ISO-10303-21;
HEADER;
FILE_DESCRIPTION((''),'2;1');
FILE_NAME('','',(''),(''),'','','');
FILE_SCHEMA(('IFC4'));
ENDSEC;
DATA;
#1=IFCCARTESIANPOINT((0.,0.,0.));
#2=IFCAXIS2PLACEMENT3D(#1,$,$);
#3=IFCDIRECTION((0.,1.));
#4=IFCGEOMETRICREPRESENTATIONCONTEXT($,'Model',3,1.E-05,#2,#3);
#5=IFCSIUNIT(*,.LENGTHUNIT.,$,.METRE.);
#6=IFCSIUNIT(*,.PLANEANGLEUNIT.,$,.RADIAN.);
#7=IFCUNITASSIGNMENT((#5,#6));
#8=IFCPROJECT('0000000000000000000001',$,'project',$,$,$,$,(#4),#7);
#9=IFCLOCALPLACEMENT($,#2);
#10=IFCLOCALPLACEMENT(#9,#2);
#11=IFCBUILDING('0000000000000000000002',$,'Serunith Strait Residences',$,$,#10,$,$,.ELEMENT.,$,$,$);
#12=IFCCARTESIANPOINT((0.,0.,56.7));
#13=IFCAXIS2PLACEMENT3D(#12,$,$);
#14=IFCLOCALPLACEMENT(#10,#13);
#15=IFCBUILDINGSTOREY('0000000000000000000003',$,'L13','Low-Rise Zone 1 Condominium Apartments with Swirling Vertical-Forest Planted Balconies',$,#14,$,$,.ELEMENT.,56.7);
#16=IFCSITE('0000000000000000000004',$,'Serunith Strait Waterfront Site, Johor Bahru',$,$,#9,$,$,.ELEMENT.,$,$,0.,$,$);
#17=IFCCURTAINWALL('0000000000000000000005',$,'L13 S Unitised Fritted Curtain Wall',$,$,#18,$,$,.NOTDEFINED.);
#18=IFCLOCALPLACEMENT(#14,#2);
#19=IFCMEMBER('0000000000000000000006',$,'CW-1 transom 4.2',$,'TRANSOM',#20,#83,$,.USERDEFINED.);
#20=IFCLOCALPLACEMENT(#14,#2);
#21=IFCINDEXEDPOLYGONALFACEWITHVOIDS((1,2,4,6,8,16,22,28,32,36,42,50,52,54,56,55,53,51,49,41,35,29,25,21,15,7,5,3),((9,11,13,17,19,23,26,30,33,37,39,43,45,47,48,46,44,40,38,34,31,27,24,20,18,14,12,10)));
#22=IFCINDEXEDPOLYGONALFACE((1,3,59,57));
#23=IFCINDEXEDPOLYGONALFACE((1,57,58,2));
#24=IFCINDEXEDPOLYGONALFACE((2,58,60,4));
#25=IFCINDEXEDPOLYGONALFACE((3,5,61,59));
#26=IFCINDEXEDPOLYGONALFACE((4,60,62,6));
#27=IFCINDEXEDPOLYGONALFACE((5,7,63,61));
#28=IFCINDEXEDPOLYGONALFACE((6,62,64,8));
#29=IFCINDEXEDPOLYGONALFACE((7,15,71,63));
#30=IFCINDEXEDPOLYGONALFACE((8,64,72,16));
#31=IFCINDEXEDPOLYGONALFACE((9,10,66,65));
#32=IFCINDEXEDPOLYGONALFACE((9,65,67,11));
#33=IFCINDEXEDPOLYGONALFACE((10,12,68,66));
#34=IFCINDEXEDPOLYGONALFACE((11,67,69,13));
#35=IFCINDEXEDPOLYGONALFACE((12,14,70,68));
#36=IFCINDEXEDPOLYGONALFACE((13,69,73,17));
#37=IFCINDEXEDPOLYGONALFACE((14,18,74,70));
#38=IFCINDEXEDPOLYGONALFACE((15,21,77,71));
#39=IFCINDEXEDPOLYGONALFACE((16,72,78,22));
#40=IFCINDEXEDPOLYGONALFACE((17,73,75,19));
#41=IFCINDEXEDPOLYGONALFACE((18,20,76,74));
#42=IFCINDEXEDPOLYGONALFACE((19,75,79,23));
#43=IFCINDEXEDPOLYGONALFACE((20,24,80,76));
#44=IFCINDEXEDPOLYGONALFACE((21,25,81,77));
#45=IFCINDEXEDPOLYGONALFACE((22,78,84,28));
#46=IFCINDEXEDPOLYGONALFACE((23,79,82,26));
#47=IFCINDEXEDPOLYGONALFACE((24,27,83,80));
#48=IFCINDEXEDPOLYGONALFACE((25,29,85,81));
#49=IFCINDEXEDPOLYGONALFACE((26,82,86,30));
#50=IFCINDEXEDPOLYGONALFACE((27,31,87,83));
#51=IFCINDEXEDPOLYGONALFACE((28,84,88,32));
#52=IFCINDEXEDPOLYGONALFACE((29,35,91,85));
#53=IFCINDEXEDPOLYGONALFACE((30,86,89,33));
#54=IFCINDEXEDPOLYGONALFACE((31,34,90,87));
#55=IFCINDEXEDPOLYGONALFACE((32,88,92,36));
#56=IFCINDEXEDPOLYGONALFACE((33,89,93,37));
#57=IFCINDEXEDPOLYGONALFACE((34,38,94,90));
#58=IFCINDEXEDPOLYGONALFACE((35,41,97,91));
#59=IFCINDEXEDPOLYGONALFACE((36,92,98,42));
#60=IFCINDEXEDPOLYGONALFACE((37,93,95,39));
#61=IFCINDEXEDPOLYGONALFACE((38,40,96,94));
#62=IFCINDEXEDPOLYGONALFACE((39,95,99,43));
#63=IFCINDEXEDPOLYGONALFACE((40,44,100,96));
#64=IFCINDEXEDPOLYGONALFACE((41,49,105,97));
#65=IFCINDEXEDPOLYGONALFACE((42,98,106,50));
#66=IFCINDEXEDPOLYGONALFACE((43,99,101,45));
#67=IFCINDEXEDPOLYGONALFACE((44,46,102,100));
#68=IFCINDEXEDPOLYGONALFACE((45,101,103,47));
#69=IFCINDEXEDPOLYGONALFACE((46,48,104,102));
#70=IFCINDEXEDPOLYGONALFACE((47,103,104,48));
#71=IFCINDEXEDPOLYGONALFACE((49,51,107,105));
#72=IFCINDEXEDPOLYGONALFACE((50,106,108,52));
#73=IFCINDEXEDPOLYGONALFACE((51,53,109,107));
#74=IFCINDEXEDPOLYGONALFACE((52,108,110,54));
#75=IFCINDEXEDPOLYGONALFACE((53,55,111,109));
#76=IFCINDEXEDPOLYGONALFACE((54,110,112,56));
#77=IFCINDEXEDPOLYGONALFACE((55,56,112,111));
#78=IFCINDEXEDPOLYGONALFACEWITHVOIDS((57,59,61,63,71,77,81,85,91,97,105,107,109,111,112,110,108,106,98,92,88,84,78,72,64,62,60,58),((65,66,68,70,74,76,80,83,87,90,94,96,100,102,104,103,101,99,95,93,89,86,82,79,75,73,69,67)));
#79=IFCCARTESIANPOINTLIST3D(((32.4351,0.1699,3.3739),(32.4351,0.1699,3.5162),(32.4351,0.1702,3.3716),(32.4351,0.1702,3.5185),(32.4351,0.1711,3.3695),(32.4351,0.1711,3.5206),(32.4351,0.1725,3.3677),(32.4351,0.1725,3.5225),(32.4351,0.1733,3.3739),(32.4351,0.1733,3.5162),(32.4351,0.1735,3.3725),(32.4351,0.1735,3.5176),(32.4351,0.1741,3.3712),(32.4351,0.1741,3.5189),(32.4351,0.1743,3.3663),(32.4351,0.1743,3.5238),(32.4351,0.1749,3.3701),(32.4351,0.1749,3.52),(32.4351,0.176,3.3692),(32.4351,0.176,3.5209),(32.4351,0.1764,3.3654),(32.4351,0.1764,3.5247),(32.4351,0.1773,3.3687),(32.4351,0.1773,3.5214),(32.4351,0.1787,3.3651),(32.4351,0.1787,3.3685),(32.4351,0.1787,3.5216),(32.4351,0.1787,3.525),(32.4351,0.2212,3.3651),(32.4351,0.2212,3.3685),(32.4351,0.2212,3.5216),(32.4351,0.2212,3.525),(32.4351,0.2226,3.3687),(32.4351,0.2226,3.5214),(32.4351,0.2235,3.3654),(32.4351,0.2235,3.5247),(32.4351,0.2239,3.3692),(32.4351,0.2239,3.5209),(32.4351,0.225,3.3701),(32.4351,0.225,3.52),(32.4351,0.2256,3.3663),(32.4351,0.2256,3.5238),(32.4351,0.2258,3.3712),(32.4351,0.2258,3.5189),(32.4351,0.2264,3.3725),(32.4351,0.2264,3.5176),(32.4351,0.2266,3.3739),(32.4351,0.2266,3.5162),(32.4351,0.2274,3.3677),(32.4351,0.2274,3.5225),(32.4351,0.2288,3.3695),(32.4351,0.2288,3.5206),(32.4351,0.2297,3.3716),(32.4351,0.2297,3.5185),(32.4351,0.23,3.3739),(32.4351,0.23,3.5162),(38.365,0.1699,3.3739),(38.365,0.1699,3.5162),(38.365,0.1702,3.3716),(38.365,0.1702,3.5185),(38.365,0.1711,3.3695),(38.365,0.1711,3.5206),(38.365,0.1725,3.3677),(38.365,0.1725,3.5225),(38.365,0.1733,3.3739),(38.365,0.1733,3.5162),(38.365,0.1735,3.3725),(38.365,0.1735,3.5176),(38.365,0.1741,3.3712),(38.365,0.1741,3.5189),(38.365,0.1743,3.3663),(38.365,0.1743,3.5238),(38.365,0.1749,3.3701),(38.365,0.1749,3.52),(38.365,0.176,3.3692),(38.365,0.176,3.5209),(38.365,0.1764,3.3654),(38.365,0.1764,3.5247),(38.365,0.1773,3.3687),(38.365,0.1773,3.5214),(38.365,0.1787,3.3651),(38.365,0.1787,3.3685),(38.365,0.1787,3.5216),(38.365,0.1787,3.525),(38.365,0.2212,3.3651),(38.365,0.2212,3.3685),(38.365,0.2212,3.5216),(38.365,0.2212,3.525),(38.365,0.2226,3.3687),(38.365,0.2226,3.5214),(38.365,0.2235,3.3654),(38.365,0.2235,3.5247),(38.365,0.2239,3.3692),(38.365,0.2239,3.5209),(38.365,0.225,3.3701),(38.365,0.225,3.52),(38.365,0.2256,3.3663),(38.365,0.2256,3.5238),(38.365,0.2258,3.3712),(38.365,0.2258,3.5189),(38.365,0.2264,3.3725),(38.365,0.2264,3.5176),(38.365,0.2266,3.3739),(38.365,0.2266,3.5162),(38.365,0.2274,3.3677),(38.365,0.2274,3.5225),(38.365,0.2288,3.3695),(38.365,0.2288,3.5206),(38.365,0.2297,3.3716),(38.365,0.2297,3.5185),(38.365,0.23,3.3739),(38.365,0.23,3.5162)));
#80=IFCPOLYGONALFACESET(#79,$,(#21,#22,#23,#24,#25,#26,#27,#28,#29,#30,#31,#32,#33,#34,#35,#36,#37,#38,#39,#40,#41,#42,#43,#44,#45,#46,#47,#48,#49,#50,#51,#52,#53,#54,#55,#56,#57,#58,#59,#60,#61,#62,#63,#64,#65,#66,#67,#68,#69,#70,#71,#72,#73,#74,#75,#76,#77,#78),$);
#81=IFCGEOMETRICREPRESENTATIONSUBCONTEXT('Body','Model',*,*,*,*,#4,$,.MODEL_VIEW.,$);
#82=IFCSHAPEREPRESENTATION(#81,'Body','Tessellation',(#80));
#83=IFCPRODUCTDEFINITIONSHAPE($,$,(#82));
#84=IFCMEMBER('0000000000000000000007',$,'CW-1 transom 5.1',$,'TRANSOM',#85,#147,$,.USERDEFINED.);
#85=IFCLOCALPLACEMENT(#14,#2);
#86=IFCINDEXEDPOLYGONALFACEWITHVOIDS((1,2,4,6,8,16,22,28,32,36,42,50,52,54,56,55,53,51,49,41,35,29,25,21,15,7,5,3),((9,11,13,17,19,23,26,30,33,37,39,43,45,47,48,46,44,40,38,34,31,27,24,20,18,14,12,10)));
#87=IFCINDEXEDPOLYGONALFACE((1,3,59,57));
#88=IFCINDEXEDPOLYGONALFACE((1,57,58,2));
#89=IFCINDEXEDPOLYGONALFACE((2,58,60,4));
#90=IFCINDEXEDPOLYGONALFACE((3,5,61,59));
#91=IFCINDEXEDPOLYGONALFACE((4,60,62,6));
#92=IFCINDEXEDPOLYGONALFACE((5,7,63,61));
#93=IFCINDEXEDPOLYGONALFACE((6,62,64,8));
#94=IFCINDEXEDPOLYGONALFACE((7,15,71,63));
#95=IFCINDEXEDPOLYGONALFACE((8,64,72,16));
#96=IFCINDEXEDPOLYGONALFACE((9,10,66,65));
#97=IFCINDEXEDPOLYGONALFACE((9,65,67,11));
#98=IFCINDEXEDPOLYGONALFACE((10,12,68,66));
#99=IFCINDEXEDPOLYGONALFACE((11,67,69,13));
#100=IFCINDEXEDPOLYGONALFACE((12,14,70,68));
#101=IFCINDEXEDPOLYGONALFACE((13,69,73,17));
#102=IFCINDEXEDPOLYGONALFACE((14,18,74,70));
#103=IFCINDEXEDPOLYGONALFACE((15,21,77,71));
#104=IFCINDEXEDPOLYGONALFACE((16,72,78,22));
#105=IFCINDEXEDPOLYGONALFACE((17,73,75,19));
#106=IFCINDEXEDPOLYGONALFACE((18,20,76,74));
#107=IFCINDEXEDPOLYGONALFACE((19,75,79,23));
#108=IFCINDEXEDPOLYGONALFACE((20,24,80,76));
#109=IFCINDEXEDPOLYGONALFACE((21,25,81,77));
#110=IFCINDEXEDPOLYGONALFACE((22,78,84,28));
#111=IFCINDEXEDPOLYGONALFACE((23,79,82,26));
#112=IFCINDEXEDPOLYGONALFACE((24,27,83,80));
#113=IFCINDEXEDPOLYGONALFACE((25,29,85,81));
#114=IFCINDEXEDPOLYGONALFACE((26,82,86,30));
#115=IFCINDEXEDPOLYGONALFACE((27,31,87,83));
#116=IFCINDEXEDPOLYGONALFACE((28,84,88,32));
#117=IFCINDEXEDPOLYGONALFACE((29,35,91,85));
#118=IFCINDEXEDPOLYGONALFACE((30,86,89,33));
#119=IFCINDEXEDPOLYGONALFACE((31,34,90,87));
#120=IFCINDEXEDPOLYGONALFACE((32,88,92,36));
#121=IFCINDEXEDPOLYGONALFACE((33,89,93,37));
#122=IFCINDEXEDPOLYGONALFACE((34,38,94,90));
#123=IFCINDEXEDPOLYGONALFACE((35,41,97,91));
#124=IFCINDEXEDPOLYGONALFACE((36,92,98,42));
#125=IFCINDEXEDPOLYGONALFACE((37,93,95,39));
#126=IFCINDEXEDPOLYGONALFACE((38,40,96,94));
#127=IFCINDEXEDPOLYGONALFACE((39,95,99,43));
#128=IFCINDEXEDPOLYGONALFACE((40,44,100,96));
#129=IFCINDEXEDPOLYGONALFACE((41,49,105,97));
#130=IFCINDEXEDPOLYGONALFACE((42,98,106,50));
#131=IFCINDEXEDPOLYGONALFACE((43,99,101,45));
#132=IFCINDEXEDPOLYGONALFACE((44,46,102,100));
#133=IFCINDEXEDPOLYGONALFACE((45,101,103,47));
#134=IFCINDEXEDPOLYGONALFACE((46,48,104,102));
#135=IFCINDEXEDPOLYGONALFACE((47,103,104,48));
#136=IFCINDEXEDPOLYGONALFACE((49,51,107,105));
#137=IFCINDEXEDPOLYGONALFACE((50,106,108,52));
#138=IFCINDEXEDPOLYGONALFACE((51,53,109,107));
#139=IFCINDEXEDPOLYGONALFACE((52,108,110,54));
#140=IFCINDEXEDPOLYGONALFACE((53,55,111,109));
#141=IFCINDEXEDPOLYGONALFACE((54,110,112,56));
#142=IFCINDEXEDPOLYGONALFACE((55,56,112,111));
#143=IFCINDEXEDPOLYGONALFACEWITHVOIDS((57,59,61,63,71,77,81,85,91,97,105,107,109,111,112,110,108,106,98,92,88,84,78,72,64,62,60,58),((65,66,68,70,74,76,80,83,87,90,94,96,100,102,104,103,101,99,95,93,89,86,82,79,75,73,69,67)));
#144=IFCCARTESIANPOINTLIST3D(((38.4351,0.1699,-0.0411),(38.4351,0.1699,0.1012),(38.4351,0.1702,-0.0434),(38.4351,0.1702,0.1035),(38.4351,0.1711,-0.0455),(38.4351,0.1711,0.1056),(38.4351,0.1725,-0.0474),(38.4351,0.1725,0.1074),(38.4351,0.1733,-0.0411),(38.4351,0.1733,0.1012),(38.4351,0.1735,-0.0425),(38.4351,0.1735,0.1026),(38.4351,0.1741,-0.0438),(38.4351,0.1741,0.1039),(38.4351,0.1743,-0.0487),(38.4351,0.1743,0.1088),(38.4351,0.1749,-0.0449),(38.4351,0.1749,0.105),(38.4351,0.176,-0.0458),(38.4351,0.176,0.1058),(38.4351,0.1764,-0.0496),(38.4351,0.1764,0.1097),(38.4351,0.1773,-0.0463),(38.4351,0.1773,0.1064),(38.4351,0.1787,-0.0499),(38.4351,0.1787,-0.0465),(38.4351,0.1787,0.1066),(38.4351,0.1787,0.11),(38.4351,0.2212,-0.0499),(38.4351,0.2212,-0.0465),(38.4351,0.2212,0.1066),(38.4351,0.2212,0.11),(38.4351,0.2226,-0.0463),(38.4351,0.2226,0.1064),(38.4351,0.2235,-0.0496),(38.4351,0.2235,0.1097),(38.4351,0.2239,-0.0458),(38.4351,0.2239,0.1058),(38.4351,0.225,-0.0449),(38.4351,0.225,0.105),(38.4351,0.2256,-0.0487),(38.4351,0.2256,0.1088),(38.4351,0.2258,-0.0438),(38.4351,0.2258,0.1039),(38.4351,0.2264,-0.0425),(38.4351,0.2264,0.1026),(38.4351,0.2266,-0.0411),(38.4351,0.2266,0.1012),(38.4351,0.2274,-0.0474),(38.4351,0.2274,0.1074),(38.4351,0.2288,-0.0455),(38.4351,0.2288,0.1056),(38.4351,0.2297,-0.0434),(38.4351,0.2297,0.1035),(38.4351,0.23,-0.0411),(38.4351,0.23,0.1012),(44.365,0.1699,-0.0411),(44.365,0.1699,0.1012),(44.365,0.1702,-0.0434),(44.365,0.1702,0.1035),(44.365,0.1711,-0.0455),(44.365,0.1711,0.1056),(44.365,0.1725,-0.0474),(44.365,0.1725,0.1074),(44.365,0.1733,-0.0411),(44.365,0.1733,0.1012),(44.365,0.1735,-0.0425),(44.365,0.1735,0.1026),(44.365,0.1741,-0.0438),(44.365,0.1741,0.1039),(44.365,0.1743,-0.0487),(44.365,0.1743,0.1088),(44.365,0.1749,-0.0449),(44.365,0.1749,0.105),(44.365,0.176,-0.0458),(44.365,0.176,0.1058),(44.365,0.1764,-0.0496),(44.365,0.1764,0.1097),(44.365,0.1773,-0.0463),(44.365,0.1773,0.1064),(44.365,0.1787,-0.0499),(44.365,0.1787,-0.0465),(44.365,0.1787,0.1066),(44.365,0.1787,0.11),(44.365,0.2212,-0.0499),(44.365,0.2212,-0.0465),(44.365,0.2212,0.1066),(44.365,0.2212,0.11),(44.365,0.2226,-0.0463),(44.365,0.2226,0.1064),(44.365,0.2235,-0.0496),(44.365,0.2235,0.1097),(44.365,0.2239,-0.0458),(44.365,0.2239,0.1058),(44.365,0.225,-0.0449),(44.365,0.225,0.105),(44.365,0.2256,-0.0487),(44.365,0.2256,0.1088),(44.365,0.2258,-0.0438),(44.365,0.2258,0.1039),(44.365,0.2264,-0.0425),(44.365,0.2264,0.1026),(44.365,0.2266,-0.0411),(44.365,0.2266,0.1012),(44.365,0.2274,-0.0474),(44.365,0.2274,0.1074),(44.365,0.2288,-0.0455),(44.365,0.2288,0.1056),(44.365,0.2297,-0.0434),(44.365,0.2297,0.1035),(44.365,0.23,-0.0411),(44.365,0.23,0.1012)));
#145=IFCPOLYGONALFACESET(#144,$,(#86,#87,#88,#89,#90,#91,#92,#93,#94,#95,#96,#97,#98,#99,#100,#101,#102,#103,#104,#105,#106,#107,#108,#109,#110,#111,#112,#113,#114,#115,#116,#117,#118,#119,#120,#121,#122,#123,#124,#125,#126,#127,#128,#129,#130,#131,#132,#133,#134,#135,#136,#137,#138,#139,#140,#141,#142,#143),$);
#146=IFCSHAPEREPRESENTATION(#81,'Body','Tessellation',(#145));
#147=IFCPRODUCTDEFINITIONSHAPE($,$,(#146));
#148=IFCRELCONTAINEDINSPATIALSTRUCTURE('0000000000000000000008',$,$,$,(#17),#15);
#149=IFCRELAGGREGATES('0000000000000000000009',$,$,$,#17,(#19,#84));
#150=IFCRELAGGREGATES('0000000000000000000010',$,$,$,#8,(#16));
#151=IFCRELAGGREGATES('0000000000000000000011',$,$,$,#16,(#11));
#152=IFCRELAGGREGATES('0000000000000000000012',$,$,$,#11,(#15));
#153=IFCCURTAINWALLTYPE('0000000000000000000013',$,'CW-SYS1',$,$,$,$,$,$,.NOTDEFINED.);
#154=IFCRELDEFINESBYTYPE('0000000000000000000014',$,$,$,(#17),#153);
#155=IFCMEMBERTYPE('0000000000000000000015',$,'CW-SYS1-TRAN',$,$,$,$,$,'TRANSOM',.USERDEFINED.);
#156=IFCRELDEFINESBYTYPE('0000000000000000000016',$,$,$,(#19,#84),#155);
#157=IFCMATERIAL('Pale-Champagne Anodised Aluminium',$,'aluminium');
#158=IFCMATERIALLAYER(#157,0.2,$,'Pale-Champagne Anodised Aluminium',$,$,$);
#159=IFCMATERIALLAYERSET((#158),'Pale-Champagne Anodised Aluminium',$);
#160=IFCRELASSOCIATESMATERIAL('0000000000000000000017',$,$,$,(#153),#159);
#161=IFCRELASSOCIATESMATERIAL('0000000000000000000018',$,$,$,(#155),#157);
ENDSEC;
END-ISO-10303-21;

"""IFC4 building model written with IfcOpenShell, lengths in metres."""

from ifc_helpers import new_model, si_unit, direction, frame, origin, origin_2d, place, context, subcontext, project, spatial, hollow_rectangle, extrude, source, transform, mapped, material, layer, layer_set, material_profile, profile_set, type_object, element, aggregate, save


model = new_model("IFC4")

# Units and contexts
model_context = context("Model", 3, precision=1e-05, world=origin(), true_north=direction((0.0, 1.0)))
body_context = subcontext(model_context, "Body", "Model", "MODEL_VIEW")
ifc_project = project(units=[si_unit("LENGTHUNIT", "METRE"), si_unit("PLANEANGLEUNIT", "RADIAN")], contexts=[model_context])

# Site, building, storey
site_placement = place(None, origin())
site = spatial("IfcSite", under=ifc_project, at=site_placement, Name="Serunith Strait Waterfront Site, Johor Bahru", CompositionType="ELEMENT", RefElevation=0.0)
building_placement = place(site_placement, origin())
building = spatial("IfcBuilding", under=site, at=building_placement, Name="Serunith Strait Residences", CompositionType="ELEMENT")
storey_placement = place(building_placement, frame((0.0, 0.0, 56.7)))
storey = spatial("IfcBuildingStorey", under=building, at=storey_placement, Name="L13", Description="Low-Rise Zone 1 Condominium Apartments with Swirling Vertical-Forest Planted Balconies", CompositionType="ELEMENT", Elevation=56.7)

# Curtain wall, members
ifc_material_1 = material(Name="Pale-Champagne Anodised Aluminium", Category="aluminium")
ifc_layer_1 = layer(ifc_material_1, 0.2, Name="Pale-Champagne Anodised Aluminium")
ifc_layer_set_1 = layer_set([ifc_layer_1], Name="Pale-Champagne Anodised Aluminium")
curtain_wall_type = type_object("IfcCurtainWallType", Name="CW-SYS1", PredefinedType="NOTDEFINED", material=ifc_layer_set_1)
curtain_wall_placement = place(storey_placement, origin())
curtain_wall = element("IfcCurtainWall", 1, at=curtain_wall_placement, inside=storey, type_object=curtain_wall_type, Name="L13 S Unitised Fritted Curtain Wall", PredefinedType="NOTDEFINED")
ifc_material_profile_1 = material_profile(ifc_material_1, hollow_rectangle(XDim=0.0601, YDim=0.1599, WallThickness=0.0034, InnerFilletRadius=0.0054, OuterFilletRadius=0.0088, at=origin_2d()), Name="ALU 160x60x3.5")
ifc_profile_set_1 = profile_set([ifc_material_profile_1], Name="Pale-Champagne Anodised Aluminium")
member_type_1 = type_object("IfcMemberType", Name="CW-SYS1-TRAN", ElementType="TRANSOM", PredefinedType="USERDEFINED", material=ifc_profile_set_1)
shared_shape_1 = source(origin(), body_context, "Body", "SweptSolid", [
    extrude(hollow_rectangle(XDim=0.0601, YDim=0.1599, WallThickness=0.0034, InnerFilletRadius=0.0054, OuterFilletRadius=0.0088, at=origin_2d()), origin(), (0.0, 0.0, 1.0), 5.9299),
])
member_1_placement = place(storey_placement, frame((32.4351, 0.2, 3.4451), z_axis=(1.0, 0.0, 0.0), x_axis=(0.0, 1.0, 0.0)))
member_1 = element("IfcMember", 2, at=member_1_placement, type_object=member_type_1, Name="CW-1 transom 4.2", ObjectType="TRANSOM", PredefinedType="USERDEFINED", context=body_context, shape_type="MappedRepresentation", body=[
    mapped(shared_shape_1, transform((0.0, 0.0, 0.0), scale=1.0)),
])
member_2_placement = place(storey_placement, frame((38.4351, 0.2, 0.03), z_axis=(1.0, 0.0, 0.0), x_axis=(0.0, 1.0, 0.0)))
member_2 = element("IfcMember", 3, at=member_2_placement, type_object=member_type_1, Name="CW-1 transom 5.1", ObjectType="TRANSOM", PredefinedType="USERDEFINED", context=body_context, shape_type="MappedRepresentation", body=[
    mapped(shared_shape_1, transform((0.0, 0.0, 0.0), scale=1.0)),
])
aggregate(curtain_wall, [member_1, member_2])

save(model, "model.ifc")
